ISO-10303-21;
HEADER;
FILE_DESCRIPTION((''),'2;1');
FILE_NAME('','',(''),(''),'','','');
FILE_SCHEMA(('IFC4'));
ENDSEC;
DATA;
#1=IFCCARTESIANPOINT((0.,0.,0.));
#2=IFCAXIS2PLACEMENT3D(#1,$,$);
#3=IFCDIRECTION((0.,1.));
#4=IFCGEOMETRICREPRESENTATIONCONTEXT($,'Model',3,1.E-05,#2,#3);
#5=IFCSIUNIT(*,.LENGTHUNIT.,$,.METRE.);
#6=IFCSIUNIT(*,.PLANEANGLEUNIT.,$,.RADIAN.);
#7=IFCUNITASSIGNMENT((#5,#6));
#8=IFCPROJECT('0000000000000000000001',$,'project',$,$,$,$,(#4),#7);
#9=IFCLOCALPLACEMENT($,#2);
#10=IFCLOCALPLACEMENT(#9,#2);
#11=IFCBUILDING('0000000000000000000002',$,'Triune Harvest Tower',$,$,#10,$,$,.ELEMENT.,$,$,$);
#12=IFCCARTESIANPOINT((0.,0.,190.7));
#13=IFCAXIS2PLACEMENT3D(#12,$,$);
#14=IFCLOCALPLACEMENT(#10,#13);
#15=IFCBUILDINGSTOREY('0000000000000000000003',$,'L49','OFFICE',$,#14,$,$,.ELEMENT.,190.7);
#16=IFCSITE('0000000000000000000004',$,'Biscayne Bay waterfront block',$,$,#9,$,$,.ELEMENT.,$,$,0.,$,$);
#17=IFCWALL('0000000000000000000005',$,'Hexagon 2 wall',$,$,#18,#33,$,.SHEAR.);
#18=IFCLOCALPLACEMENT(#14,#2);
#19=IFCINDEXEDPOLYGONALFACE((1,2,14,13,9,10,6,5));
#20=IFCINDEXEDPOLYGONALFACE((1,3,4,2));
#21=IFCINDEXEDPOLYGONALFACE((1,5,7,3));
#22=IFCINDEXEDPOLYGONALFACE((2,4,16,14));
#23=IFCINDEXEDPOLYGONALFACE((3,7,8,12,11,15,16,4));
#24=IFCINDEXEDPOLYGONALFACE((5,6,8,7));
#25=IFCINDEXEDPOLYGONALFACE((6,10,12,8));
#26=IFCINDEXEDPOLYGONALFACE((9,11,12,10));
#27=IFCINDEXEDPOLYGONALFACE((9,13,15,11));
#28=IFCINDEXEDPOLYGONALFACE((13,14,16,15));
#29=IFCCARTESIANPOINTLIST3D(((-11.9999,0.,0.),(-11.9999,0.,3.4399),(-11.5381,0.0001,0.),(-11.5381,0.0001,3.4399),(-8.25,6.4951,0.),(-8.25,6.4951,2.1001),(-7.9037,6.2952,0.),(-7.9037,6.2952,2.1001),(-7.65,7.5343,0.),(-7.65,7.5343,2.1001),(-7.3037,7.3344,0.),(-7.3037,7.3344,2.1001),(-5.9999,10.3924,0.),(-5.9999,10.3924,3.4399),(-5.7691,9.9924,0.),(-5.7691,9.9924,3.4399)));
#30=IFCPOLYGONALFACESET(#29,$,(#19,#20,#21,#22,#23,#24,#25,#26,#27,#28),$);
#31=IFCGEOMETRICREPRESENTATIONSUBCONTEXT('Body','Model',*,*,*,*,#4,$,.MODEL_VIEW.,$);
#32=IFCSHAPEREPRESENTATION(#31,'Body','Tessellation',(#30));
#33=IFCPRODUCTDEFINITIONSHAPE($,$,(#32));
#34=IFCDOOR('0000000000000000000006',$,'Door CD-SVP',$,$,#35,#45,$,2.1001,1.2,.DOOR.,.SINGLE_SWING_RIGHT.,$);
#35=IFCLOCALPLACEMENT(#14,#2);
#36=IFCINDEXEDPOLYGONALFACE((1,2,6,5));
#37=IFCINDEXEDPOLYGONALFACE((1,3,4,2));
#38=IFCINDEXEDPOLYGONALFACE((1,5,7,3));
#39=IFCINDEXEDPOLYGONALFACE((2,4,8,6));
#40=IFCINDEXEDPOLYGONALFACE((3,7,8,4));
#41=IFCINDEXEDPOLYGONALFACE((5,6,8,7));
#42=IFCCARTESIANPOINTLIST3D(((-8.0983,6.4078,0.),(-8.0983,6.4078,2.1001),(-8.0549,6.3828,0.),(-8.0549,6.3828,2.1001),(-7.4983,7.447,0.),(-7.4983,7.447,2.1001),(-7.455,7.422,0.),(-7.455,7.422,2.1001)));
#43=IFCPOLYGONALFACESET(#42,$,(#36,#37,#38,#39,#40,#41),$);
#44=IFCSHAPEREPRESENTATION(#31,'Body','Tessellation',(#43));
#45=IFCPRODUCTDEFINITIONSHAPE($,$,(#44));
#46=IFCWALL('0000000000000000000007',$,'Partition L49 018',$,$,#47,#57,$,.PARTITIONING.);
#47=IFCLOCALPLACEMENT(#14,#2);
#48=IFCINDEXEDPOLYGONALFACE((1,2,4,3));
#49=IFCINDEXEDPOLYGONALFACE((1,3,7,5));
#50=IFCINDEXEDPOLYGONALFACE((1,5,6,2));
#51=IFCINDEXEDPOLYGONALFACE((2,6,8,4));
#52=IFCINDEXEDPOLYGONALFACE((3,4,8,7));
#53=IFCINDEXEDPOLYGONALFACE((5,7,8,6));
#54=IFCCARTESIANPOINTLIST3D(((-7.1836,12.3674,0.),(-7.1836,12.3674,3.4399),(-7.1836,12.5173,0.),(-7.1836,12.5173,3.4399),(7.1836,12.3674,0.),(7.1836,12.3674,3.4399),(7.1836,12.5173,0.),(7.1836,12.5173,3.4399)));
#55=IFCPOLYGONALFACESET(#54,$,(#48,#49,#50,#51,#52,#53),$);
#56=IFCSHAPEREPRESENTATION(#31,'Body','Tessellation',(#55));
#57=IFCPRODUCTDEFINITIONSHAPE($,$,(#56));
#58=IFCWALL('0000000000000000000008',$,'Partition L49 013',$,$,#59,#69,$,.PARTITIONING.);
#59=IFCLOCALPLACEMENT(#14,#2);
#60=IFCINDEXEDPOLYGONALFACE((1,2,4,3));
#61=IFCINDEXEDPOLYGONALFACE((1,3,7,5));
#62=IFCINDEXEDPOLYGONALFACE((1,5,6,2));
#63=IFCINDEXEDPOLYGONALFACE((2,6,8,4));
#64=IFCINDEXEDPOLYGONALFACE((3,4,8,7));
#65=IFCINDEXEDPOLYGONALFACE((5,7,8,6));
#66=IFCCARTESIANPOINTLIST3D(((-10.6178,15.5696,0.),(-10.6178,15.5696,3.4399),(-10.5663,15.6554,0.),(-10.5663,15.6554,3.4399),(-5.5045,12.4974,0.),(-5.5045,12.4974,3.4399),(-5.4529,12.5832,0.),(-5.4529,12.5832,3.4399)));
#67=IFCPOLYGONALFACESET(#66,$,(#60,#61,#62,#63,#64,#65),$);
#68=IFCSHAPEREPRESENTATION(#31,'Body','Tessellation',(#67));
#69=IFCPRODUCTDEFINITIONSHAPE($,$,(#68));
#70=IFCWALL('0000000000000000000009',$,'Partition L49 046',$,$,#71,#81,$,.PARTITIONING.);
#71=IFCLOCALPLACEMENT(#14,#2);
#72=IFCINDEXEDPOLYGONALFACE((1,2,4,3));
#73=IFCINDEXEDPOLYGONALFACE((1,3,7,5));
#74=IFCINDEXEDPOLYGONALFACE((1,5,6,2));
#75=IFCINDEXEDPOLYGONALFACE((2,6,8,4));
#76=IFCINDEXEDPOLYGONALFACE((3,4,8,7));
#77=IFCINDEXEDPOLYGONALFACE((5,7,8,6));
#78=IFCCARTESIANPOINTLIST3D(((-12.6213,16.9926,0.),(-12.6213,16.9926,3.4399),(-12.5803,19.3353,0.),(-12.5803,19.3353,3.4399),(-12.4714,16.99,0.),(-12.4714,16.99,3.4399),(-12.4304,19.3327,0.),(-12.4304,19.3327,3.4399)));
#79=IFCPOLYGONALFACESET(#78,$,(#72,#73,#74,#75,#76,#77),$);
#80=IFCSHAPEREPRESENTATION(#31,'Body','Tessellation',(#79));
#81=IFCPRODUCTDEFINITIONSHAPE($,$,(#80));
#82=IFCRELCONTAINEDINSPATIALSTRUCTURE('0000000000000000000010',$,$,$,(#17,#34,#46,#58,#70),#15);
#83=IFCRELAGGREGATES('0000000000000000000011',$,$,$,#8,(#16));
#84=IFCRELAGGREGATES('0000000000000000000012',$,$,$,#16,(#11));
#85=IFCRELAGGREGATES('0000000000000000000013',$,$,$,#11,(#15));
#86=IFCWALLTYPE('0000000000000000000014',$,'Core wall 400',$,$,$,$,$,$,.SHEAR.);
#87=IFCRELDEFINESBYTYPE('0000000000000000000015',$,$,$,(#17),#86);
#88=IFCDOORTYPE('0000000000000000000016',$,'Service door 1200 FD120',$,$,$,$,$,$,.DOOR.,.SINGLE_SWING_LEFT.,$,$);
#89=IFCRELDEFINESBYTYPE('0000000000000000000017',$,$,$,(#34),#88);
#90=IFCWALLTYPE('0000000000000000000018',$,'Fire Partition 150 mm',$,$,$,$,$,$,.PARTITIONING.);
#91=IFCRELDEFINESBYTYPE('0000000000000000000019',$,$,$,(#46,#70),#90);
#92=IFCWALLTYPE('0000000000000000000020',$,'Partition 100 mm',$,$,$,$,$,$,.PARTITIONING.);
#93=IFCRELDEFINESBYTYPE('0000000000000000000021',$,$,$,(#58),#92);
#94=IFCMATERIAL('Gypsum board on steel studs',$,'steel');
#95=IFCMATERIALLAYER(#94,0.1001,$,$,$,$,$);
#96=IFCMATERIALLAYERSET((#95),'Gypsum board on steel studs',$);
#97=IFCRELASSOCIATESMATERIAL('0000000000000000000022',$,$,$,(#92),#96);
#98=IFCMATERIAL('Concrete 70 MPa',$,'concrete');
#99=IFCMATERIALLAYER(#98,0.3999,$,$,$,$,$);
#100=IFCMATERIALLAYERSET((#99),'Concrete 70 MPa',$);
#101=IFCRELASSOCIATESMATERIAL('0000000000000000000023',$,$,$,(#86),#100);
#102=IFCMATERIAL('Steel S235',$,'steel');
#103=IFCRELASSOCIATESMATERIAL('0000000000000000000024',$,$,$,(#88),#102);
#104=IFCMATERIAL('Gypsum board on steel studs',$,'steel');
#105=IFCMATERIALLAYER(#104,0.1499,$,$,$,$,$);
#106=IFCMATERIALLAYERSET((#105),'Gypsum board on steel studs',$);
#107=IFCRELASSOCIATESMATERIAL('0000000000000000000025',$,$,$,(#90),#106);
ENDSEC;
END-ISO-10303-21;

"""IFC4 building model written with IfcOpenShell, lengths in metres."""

from ifc_helpers import new_model, si_unit, direction, frame, frame_2d, origin, place, context, subcontext, project, spatial, polyline, rectangle, outline, extrude, source, transform, mapped, material, layer, layer_set, type_object, element, fill, save


model = new_model("IFC4")

# Units and contexts
model_context = context("Model", 3, precision=1e-05, world=origin(), true_north=direction((0.0, 1.0)))
body_context = subcontext(model_context, "Body", "Model", "MODEL_VIEW")
ifc_project = project(units=[si_unit("LENGTHUNIT", "METRE"), si_unit("PLANEANGLEUNIT", "RADIAN")], contexts=[model_context])

# Site, building, storey
site_placement = place(None, origin())
site = spatial("IfcSite", under=ifc_project, at=site_placement, Name="Biscayne Bay waterfront block", CompositionType="ELEMENT", RefElevation=0.0)
building_placement = place(site_placement, origin())
building = spatial("IfcBuilding", under=site, at=building_placement, Name="Triune Harvest Tower", CompositionType="ELEMENT")
storey_placement = place(building_placement, frame((0.0, 0.0, 190.7)))
storey = spatial("IfcBuildingStorey", under=building, at=storey_placement, Name="L49", Description="OFFICE", CompositionType="ELEMENT", Elevation=190.7)

# Shared definitions
ifc_material_1 = material(Name="Gypsum board on steel studs", Category="steel")
ifc_layer_1 = layer(ifc_material_1, 0.1001)
ifc_layer_set_1 = layer_set([ifc_layer_1], Name="Gypsum board on steel studs")
wall_type_1 = type_object("IfcWallType", Name="Partition 100 mm", PredefinedType="PARTITIONING", material=ifc_layer_set_1)

# Wall, opening, door
ifc_material_2 = material(Name="Concrete 70 MPa", Category="concrete")
ifc_layer_2 = layer(ifc_material_2, 0.3999)
ifc_layer_set_2 = layer_set([ifc_layer_2], Name="Concrete 70 MPa")
wall_type_2 = type_object("IfcWallType", Name="Core wall 400", PredefinedType="SHEAR", material=ifc_layer_set_2)
shared_shape_1 = source(origin(), body_context, "Body", "SweptSolid", [
    extrude(outline(polyline([(-0.1155, -0.2), (11.8845, -0.2), (11.6536, 0.2), (0.1155, 0.2), (-0.1155, -0.2)])), origin(), (0.0, 0.0, 1.0), 3.4399),
])
wall_1_placement = place(storey_placement, frame((-5.8845, 10.1924, 0.0), z_axis=(0.0, 0.0, 1.0), x_axis=(-0.499997, -0.866027, 0.0)))
wall_1 = element("IfcWall", 1, at=wall_1_placement, inside=storey, type_object=wall_type_2, Name="Hexagon 2 wall", PredefinedType="SHEAR", context=body_context, shape_type="MappedRepresentation", body=[
    mapped(shared_shape_1, transform((0.0, 0.0, 0.0), scale=1.0)),
])
opening_placement = place(wall_1_placement, frame((3.1846, 0.0, 0.0)))
opening = element("IfcOpeningElement", 2, at=opening_placement, cuts=wall_1, PredefinedType="OPENING", context=body_context, shape_type="SweptSolid", body=[
    extrude(rectangle(XDim=1.2, YDim=2.1001, at=frame_2d((0.6001, 1.05))), frame((0.0, 0.21, 0.0), z_axis=(0.0, -1.0, 0.0), x_axis=(1.0, 0.0, 0.0)), (0.0, 0.0, 1.0), 0.4199),
])
ifc_material_3 = material(Name="Steel S235", Category="steel")
door_type = type_object("IfcDoorType", Name="Service door 1200 FD120", OperationType="SINGLE_SWING_LEFT", PredefinedType="DOOR", material=ifc_material_3)
door_placement = place(opening_placement, frame((1.2, 0.0, 0.0), z_axis=(0.0, 0.0, 1.0), x_axis=(-1.0, 0.0, 0.0)))
door = element("IfcDoor", 3, at=door_placement, inside=storey, type_object=door_type, Name="Door CD-SVP", OperationType="SINGLE_SWING_RIGHT", OverallHeight=2.1001, OverallWidth=1.2, PredefinedType="DOOR", context=body_context, shape_type="SweptSolid", body=[
    extrude(rectangle(XDim=1.2, YDim=2.1001, at=frame_2d((0.6001, 1.05))), frame((0.0, 0.0249, 0.0), z_axis=(0.0, -1.0, 0.0), x_axis=(1.0, 0.0, 0.0)), (0.0, 0.0, 1.0), 0.05),
])
fill(opening, door)

# Walls
ifc_material_4 = material(Name="Gypsum board on steel studs", Category="steel")
ifc_layer_3 = layer(ifc_material_4, 0.1499)
ifc_layer_set_3 = layer_set([ifc_layer_3], Name="Gypsum board on steel studs")
wall_type_3 = type_object("IfcWallType", Name="Fire Partition 150 mm", PredefinedType="PARTITIONING", material=ifc_layer_set_3)
shared_shape_2 = source(origin(), body_context, "Body", "SweptSolid", [
    extrude(rectangle(XDim=14.3672, YDim=0.1499, at=frame_2d((7.1836, 0.0))), origin(), (0.0, 0.0, 1.0), 3.4399),
])
wall_2_placement = place(storey_placement, frame((-7.1836, 12.4424, 0.0), z_axis=(0.0, 0.0, 1.0), x_axis=(1.0, 0.0, 0.0)))
element("IfcWall", 4, at=wall_2_placement, inside=storey, type_object=wall_type_3, Name="Partition L49 018", PredefinedType="PARTITIONING", context=body_context, shape_type="MappedRepresentation", body=[
    mapped(shared_shape_2, transform((0.0, 0.0, 0.0), scale=1.0)),
])
shared_shape_3 = source(origin(), body_context, "Body", "SweptSolid", [
    extrude(rectangle(XDim=5.9653, YDim=0.1001, at=frame_2d((2.9827, 0.0))), origin(), (0.0, 0.0, 1.0), 3.4399),
])
wall_3_placement = place(storey_placement, frame((-10.592, 15.6125, 0.0), z_axis=(0.0, 0.0, 1.0), x_axis=(0.857175, -0.515025, 0.0)))
element("IfcWall", 5, at=wall_3_placement, inside=storey, type_object=wall_type_1, Name="Partition L49 013", PredefinedType="PARTITIONING", context=body_context, shape_type="MappedRepresentation", body=[
    mapped(shared_shape_3, transform((0.0, 0.0, 0.0), scale=1.0)),
])
shared_shape_4 = source(origin(), body_context, "Body", "SweptSolid", [
    extrude(rectangle(XDim=2.343, YDim=0.1499, at=frame_2d((1.1714, 0.0))), origin(), (0.0, 0.0, 1.0), 3.4399),
])
wall_4_placement = place(storey_placement, frame((-12.5464, 16.9915, 0.0), z_axis=(0.0, 0.0, 1.0), x_axis=(0.017505, 0.999847, 0.0)))
element("IfcWall", 6, at=wall_4_placement, inside=storey, type_object=wall_type_3, Name="Partition L49 046", PredefinedType="PARTITIONING", context=body_context, shape_type="MappedRepresentation", body=[
    mapped(shared_shape_4, transform((0.0, 0.0, 0.0), scale=1.0)),
])

save(model, "model.ifc")
